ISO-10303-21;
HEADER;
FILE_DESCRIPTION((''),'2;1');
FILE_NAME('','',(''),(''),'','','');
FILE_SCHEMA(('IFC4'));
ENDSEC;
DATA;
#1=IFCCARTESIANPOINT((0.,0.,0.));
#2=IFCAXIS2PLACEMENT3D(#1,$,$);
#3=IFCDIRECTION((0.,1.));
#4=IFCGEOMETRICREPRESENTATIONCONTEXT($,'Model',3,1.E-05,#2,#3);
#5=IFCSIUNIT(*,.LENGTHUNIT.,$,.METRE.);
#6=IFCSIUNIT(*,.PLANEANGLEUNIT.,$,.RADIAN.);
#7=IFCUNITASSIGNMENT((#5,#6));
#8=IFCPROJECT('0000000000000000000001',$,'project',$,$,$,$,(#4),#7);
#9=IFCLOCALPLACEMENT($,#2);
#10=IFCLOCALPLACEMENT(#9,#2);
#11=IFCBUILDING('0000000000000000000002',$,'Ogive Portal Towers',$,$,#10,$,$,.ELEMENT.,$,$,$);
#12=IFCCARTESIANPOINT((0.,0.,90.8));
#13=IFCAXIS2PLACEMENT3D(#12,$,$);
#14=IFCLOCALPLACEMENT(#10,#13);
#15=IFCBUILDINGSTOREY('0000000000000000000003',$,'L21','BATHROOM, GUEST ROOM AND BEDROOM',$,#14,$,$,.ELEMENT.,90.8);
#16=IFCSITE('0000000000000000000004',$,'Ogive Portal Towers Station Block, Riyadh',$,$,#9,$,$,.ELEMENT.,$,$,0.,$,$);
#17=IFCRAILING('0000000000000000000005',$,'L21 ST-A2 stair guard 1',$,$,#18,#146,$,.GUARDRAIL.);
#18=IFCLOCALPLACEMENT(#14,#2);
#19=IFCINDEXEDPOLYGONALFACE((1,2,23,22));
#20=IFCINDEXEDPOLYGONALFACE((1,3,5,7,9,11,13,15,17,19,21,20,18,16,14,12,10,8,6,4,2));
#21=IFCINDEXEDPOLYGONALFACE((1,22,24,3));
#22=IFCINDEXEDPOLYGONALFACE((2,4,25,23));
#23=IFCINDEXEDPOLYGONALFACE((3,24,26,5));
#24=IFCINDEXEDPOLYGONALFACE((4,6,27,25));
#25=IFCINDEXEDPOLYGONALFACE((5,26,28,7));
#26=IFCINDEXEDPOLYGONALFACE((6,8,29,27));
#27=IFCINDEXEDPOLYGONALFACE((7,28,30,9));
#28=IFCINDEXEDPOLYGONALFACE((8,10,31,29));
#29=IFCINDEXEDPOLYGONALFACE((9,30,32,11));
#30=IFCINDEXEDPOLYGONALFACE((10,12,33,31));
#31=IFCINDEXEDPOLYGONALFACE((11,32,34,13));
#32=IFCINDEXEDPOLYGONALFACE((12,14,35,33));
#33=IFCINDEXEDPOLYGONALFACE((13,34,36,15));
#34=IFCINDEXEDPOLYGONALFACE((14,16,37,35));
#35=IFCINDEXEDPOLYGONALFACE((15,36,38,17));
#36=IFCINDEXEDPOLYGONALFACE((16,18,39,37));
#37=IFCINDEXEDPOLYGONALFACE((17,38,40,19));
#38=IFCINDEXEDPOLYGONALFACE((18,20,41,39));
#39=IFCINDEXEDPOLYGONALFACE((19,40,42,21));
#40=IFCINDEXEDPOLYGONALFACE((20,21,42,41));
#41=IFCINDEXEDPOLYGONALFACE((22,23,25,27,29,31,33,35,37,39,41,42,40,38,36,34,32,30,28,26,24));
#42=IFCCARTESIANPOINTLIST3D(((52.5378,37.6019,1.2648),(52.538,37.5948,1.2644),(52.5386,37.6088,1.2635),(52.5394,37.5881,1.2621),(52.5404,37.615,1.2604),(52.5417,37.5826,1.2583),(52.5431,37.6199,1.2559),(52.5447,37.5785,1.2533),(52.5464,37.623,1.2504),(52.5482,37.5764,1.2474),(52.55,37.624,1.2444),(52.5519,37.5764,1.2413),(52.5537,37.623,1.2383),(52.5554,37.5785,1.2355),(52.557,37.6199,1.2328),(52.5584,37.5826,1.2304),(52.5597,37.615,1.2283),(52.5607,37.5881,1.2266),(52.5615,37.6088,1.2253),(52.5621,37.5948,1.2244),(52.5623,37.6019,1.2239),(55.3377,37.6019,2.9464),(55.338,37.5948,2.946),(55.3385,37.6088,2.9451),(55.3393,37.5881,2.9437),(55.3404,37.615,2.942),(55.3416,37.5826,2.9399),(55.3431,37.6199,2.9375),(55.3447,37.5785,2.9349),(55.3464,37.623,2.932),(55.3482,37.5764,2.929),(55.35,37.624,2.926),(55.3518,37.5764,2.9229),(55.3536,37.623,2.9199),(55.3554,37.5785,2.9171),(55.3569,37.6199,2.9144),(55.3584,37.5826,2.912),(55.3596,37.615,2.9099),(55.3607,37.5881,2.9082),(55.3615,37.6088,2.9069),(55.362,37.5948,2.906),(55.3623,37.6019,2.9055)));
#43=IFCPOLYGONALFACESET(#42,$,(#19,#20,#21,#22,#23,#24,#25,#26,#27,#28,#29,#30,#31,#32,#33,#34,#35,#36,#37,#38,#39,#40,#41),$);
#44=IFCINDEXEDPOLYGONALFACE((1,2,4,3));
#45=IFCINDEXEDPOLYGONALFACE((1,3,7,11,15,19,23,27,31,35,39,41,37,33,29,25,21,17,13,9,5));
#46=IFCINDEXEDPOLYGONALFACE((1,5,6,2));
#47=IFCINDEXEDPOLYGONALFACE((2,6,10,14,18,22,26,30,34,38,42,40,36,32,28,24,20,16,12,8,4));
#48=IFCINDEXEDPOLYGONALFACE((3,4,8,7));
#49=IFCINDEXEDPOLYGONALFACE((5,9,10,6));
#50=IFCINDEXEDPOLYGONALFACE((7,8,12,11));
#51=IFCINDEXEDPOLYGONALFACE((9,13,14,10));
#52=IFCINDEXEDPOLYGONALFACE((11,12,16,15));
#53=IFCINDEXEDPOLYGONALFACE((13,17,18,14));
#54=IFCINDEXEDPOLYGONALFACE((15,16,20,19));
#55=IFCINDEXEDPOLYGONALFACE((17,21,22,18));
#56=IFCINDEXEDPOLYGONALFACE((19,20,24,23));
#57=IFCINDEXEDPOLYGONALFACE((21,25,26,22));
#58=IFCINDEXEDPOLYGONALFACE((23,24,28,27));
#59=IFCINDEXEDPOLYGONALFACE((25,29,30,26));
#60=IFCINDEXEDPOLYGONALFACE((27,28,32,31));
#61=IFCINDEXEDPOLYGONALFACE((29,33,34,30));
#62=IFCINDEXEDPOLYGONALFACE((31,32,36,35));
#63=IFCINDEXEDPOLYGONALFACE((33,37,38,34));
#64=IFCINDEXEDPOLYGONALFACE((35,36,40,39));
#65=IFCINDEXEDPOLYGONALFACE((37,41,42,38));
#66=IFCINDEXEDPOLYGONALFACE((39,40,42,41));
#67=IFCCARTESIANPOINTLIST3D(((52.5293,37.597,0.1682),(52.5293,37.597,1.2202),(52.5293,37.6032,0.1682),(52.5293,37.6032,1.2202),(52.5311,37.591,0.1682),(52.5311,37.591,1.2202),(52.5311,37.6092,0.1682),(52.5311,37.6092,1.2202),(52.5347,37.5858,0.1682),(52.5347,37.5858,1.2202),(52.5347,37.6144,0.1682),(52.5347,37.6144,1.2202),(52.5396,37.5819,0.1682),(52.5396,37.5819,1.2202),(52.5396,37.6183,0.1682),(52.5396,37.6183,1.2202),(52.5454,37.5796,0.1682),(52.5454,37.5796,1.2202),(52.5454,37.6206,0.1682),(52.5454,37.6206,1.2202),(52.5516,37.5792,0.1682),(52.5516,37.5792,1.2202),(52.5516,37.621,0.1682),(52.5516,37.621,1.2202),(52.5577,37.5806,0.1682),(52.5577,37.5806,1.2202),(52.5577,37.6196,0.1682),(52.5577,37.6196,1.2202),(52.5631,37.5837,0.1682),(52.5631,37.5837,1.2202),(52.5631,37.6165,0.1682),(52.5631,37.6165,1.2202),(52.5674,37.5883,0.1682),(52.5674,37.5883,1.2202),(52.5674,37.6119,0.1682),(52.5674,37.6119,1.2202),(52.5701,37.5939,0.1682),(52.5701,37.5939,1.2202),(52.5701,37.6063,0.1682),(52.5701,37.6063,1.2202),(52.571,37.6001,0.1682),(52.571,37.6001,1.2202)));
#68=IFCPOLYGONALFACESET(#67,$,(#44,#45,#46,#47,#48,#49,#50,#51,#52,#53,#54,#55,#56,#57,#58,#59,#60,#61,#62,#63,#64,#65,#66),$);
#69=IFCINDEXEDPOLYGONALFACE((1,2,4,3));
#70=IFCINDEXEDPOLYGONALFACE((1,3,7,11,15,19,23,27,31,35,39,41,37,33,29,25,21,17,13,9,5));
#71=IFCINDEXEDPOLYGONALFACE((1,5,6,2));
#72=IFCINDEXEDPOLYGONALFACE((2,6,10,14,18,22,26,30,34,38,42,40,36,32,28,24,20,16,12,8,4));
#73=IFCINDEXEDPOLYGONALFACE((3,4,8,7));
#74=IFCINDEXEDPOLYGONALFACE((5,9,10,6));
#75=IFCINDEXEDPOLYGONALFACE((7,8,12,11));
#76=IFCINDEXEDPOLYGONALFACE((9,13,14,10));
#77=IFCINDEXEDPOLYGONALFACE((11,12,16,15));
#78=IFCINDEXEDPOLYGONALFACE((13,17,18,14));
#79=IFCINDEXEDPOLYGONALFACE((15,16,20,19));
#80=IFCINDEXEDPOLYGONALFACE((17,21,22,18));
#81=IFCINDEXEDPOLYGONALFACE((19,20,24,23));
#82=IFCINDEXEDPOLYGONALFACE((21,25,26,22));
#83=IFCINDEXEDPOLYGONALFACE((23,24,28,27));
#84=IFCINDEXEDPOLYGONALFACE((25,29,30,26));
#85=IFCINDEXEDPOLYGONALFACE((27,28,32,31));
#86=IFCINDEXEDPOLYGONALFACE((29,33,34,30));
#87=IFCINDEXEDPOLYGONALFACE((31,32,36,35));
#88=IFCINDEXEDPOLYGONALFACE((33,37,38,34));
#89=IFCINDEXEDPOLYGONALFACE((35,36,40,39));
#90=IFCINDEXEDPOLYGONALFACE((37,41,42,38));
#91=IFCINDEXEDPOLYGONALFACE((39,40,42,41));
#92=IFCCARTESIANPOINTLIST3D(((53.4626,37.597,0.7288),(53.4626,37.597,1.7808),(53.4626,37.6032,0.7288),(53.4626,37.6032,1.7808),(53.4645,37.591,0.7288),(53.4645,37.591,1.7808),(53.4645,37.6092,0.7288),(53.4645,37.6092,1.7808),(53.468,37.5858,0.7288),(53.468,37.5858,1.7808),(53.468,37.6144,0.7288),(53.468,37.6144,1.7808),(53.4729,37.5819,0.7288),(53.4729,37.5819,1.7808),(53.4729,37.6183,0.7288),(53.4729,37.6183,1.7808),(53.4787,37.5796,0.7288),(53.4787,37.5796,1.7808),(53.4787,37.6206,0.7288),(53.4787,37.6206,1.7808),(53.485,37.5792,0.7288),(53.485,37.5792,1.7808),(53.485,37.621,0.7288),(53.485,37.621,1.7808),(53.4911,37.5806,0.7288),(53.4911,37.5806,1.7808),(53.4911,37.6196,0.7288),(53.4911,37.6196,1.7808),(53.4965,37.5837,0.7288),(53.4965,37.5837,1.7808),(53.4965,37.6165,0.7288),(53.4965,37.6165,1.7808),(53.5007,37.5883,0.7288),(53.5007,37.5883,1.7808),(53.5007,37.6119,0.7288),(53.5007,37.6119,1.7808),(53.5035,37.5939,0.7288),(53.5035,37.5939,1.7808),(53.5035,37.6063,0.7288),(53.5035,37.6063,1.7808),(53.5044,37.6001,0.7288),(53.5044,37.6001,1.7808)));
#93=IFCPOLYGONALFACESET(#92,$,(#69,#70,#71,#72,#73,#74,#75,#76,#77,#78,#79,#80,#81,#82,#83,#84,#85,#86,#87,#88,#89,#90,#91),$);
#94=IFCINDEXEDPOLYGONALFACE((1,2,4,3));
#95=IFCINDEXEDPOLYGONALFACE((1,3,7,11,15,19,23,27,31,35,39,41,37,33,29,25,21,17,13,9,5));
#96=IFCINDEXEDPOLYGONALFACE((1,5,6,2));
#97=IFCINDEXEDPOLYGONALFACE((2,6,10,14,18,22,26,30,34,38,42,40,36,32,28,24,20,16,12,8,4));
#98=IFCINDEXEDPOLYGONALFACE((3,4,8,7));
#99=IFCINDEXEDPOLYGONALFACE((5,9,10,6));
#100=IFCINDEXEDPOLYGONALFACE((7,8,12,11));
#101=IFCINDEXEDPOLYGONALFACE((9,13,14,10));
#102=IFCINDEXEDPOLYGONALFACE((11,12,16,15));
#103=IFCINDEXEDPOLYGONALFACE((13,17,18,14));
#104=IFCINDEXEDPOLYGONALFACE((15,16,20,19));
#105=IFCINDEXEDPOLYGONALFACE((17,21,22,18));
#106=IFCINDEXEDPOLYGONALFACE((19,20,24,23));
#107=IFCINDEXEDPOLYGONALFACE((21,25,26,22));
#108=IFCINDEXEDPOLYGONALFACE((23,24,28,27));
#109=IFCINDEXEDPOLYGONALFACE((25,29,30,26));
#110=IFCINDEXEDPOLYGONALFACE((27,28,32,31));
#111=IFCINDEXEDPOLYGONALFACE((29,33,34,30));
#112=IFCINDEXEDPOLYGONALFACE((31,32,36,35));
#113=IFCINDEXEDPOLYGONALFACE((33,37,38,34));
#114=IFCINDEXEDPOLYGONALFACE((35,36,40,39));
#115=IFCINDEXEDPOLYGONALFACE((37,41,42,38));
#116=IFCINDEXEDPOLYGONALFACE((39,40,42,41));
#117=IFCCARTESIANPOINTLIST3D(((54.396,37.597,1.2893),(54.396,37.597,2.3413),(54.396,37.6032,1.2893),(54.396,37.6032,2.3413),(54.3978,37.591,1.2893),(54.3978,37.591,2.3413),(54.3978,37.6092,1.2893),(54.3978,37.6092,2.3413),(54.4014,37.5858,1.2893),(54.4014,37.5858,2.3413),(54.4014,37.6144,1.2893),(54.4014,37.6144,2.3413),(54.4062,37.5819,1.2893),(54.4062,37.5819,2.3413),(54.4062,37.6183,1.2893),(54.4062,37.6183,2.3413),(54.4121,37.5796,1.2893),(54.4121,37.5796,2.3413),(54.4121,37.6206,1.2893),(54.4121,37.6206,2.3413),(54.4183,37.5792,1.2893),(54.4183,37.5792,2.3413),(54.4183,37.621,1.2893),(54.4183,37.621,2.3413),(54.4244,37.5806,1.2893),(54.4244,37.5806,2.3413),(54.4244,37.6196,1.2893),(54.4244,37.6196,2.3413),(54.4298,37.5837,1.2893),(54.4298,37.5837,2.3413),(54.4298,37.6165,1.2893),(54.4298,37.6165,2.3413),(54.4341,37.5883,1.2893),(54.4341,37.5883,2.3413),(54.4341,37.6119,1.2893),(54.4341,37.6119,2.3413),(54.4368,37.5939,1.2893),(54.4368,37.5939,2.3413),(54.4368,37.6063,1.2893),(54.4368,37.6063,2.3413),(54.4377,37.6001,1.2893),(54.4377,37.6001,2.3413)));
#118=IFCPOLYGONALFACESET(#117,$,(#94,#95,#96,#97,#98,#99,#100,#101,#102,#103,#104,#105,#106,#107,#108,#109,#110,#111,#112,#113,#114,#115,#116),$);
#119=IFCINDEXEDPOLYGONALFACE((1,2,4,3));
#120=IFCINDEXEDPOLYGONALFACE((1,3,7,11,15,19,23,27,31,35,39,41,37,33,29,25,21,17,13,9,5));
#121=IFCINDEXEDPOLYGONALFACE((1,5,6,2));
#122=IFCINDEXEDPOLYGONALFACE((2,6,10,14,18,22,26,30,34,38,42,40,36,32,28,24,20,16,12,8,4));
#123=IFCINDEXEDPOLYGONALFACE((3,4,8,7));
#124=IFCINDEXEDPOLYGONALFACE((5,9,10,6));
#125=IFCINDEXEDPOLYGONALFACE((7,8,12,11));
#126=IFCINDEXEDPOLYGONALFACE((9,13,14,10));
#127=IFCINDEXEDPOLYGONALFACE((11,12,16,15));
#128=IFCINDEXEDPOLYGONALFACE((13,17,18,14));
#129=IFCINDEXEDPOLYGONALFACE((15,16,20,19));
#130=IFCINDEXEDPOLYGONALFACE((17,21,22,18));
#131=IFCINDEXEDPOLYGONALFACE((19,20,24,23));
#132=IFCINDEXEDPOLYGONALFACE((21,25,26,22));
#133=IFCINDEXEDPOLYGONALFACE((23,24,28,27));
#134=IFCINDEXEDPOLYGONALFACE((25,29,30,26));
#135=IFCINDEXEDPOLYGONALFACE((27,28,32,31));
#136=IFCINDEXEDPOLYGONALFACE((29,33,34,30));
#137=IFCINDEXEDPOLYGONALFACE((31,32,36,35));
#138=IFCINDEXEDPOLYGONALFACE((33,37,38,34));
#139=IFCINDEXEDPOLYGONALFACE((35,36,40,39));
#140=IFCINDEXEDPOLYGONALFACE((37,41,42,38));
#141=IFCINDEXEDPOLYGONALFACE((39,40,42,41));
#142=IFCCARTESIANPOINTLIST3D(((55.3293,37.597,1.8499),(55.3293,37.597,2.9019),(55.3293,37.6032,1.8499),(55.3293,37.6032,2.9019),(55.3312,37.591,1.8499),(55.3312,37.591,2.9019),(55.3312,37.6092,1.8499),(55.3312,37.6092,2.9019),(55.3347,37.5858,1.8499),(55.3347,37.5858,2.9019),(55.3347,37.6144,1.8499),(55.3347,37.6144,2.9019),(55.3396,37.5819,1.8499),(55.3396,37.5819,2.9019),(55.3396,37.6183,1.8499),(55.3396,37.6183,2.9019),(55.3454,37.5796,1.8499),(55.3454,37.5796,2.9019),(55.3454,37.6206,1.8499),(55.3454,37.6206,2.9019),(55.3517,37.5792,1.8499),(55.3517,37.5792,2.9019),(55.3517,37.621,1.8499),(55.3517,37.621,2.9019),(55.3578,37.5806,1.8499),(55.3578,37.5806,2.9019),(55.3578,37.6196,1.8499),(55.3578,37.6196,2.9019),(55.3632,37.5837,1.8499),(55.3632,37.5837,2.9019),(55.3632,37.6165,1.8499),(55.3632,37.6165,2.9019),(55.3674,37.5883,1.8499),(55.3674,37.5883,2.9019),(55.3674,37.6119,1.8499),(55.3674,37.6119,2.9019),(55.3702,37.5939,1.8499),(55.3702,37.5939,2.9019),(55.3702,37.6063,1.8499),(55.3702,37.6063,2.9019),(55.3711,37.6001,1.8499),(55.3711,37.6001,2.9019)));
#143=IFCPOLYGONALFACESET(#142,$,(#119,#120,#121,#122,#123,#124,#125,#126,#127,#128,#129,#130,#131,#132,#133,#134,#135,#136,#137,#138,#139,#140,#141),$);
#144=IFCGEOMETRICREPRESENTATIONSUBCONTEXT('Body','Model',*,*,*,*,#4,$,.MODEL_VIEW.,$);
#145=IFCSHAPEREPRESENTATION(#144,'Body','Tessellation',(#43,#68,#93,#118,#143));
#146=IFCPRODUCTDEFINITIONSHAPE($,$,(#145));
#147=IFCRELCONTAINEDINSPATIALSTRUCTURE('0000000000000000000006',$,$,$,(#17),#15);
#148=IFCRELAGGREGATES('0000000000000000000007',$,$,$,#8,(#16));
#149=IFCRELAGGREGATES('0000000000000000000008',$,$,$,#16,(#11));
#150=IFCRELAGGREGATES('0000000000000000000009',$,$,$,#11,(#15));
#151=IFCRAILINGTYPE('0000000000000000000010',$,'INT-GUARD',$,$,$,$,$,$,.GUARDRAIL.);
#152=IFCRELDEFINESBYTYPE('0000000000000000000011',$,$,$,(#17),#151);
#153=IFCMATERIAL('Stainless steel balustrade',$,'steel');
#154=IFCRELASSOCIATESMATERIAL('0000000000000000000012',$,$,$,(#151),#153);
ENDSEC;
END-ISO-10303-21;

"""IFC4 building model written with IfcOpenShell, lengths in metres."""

from ifc_helpers import new_model, si_unit, direction, frame, origin, origin_2d, place, context, subcontext, project, spatial, circle, extrude, material, type_object, element, save


model = new_model("IFC4")

# Units and contexts
model_context = context("Model", 3, precision=1e-05, world=origin(), true_north=direction((0.0, 1.0)))
body_context = subcontext(model_context, "Body", "Model", "MODEL_VIEW")
ifc_project = project(units=[si_unit("LENGTHUNIT", "METRE"), si_unit("PLANEANGLEUNIT", "RADIAN")], contexts=[model_context])

# Site, building, storey
site_placement = place(None, origin())
site = spatial("IfcSite", under=ifc_project, at=site_placement, Name="Ogive Portal Towers Station Block, Riyadh", CompositionType="ELEMENT", RefElevation=0.0)
building_placement = place(site_placement, origin())
building = spatial("IfcBuilding", under=site, at=building_placement, Name="Ogive Portal Towers", CompositionType="ELEMENT")
storey_placement = place(building_placement, frame((0.0, 0.0, 90.8)))
storey = spatial("IfcBuildingStorey", under=building, at=storey_placement, Name="L21", Description="BATHROOM, GUEST ROOM AND BEDROOM", CompositionType="ELEMENT", Elevation=90.8)

# Railing
ifc_material_1 = material(Name="Stainless steel balustrade", Category="steel")
railing_type_1 = type_object("IfcRailingType", Name="INT-GUARD", PredefinedType="GUARDRAIL", material=ifc_material_1)
railing_1_placement = place(storey_placement, frame((52.55, 37.6001, 0.1682)))
element("IfcRailing", 1, at=railing_1_placement, inside=storey, type_object=railing_type_1, Name="L21 ST-A2 stair guard 1", PredefinedType="GUARDRAIL", context=body_context, shape_type="SweptSolid", body=[
    extrude(circle(Radius=0.0239, at=origin_2d()), frame((0.0, 0.0, 1.0762), z_axis=(0.857275, 0.0, 0.514858), x_axis=(0.0, 1.0, 0.0)), (0.0, 0.0, 1.0), 3.2661),
    extrude(circle(Radius=0.021, at=origin_2d()), origin(), (0.0, 0.0, 1.0), 1.052),
    extrude(circle(Radius=0.021, at=origin_2d()), frame((0.9333, 0.0, 0.5605)), (0.0, 0.0, 1.0), 1.052),
    extrude(circle(Radius=0.021, at=origin_2d()), frame((1.8667, 0.0, 1.1211)), (0.0, 0.0, 1.0), 1.052),
    extrude(circle(Radius=0.021, at=origin_2d()), frame((2.8, 0.0, 1.6816)), (0.0, 0.0, 1.0), 1.052),
])

save(model, "model.ifc")
